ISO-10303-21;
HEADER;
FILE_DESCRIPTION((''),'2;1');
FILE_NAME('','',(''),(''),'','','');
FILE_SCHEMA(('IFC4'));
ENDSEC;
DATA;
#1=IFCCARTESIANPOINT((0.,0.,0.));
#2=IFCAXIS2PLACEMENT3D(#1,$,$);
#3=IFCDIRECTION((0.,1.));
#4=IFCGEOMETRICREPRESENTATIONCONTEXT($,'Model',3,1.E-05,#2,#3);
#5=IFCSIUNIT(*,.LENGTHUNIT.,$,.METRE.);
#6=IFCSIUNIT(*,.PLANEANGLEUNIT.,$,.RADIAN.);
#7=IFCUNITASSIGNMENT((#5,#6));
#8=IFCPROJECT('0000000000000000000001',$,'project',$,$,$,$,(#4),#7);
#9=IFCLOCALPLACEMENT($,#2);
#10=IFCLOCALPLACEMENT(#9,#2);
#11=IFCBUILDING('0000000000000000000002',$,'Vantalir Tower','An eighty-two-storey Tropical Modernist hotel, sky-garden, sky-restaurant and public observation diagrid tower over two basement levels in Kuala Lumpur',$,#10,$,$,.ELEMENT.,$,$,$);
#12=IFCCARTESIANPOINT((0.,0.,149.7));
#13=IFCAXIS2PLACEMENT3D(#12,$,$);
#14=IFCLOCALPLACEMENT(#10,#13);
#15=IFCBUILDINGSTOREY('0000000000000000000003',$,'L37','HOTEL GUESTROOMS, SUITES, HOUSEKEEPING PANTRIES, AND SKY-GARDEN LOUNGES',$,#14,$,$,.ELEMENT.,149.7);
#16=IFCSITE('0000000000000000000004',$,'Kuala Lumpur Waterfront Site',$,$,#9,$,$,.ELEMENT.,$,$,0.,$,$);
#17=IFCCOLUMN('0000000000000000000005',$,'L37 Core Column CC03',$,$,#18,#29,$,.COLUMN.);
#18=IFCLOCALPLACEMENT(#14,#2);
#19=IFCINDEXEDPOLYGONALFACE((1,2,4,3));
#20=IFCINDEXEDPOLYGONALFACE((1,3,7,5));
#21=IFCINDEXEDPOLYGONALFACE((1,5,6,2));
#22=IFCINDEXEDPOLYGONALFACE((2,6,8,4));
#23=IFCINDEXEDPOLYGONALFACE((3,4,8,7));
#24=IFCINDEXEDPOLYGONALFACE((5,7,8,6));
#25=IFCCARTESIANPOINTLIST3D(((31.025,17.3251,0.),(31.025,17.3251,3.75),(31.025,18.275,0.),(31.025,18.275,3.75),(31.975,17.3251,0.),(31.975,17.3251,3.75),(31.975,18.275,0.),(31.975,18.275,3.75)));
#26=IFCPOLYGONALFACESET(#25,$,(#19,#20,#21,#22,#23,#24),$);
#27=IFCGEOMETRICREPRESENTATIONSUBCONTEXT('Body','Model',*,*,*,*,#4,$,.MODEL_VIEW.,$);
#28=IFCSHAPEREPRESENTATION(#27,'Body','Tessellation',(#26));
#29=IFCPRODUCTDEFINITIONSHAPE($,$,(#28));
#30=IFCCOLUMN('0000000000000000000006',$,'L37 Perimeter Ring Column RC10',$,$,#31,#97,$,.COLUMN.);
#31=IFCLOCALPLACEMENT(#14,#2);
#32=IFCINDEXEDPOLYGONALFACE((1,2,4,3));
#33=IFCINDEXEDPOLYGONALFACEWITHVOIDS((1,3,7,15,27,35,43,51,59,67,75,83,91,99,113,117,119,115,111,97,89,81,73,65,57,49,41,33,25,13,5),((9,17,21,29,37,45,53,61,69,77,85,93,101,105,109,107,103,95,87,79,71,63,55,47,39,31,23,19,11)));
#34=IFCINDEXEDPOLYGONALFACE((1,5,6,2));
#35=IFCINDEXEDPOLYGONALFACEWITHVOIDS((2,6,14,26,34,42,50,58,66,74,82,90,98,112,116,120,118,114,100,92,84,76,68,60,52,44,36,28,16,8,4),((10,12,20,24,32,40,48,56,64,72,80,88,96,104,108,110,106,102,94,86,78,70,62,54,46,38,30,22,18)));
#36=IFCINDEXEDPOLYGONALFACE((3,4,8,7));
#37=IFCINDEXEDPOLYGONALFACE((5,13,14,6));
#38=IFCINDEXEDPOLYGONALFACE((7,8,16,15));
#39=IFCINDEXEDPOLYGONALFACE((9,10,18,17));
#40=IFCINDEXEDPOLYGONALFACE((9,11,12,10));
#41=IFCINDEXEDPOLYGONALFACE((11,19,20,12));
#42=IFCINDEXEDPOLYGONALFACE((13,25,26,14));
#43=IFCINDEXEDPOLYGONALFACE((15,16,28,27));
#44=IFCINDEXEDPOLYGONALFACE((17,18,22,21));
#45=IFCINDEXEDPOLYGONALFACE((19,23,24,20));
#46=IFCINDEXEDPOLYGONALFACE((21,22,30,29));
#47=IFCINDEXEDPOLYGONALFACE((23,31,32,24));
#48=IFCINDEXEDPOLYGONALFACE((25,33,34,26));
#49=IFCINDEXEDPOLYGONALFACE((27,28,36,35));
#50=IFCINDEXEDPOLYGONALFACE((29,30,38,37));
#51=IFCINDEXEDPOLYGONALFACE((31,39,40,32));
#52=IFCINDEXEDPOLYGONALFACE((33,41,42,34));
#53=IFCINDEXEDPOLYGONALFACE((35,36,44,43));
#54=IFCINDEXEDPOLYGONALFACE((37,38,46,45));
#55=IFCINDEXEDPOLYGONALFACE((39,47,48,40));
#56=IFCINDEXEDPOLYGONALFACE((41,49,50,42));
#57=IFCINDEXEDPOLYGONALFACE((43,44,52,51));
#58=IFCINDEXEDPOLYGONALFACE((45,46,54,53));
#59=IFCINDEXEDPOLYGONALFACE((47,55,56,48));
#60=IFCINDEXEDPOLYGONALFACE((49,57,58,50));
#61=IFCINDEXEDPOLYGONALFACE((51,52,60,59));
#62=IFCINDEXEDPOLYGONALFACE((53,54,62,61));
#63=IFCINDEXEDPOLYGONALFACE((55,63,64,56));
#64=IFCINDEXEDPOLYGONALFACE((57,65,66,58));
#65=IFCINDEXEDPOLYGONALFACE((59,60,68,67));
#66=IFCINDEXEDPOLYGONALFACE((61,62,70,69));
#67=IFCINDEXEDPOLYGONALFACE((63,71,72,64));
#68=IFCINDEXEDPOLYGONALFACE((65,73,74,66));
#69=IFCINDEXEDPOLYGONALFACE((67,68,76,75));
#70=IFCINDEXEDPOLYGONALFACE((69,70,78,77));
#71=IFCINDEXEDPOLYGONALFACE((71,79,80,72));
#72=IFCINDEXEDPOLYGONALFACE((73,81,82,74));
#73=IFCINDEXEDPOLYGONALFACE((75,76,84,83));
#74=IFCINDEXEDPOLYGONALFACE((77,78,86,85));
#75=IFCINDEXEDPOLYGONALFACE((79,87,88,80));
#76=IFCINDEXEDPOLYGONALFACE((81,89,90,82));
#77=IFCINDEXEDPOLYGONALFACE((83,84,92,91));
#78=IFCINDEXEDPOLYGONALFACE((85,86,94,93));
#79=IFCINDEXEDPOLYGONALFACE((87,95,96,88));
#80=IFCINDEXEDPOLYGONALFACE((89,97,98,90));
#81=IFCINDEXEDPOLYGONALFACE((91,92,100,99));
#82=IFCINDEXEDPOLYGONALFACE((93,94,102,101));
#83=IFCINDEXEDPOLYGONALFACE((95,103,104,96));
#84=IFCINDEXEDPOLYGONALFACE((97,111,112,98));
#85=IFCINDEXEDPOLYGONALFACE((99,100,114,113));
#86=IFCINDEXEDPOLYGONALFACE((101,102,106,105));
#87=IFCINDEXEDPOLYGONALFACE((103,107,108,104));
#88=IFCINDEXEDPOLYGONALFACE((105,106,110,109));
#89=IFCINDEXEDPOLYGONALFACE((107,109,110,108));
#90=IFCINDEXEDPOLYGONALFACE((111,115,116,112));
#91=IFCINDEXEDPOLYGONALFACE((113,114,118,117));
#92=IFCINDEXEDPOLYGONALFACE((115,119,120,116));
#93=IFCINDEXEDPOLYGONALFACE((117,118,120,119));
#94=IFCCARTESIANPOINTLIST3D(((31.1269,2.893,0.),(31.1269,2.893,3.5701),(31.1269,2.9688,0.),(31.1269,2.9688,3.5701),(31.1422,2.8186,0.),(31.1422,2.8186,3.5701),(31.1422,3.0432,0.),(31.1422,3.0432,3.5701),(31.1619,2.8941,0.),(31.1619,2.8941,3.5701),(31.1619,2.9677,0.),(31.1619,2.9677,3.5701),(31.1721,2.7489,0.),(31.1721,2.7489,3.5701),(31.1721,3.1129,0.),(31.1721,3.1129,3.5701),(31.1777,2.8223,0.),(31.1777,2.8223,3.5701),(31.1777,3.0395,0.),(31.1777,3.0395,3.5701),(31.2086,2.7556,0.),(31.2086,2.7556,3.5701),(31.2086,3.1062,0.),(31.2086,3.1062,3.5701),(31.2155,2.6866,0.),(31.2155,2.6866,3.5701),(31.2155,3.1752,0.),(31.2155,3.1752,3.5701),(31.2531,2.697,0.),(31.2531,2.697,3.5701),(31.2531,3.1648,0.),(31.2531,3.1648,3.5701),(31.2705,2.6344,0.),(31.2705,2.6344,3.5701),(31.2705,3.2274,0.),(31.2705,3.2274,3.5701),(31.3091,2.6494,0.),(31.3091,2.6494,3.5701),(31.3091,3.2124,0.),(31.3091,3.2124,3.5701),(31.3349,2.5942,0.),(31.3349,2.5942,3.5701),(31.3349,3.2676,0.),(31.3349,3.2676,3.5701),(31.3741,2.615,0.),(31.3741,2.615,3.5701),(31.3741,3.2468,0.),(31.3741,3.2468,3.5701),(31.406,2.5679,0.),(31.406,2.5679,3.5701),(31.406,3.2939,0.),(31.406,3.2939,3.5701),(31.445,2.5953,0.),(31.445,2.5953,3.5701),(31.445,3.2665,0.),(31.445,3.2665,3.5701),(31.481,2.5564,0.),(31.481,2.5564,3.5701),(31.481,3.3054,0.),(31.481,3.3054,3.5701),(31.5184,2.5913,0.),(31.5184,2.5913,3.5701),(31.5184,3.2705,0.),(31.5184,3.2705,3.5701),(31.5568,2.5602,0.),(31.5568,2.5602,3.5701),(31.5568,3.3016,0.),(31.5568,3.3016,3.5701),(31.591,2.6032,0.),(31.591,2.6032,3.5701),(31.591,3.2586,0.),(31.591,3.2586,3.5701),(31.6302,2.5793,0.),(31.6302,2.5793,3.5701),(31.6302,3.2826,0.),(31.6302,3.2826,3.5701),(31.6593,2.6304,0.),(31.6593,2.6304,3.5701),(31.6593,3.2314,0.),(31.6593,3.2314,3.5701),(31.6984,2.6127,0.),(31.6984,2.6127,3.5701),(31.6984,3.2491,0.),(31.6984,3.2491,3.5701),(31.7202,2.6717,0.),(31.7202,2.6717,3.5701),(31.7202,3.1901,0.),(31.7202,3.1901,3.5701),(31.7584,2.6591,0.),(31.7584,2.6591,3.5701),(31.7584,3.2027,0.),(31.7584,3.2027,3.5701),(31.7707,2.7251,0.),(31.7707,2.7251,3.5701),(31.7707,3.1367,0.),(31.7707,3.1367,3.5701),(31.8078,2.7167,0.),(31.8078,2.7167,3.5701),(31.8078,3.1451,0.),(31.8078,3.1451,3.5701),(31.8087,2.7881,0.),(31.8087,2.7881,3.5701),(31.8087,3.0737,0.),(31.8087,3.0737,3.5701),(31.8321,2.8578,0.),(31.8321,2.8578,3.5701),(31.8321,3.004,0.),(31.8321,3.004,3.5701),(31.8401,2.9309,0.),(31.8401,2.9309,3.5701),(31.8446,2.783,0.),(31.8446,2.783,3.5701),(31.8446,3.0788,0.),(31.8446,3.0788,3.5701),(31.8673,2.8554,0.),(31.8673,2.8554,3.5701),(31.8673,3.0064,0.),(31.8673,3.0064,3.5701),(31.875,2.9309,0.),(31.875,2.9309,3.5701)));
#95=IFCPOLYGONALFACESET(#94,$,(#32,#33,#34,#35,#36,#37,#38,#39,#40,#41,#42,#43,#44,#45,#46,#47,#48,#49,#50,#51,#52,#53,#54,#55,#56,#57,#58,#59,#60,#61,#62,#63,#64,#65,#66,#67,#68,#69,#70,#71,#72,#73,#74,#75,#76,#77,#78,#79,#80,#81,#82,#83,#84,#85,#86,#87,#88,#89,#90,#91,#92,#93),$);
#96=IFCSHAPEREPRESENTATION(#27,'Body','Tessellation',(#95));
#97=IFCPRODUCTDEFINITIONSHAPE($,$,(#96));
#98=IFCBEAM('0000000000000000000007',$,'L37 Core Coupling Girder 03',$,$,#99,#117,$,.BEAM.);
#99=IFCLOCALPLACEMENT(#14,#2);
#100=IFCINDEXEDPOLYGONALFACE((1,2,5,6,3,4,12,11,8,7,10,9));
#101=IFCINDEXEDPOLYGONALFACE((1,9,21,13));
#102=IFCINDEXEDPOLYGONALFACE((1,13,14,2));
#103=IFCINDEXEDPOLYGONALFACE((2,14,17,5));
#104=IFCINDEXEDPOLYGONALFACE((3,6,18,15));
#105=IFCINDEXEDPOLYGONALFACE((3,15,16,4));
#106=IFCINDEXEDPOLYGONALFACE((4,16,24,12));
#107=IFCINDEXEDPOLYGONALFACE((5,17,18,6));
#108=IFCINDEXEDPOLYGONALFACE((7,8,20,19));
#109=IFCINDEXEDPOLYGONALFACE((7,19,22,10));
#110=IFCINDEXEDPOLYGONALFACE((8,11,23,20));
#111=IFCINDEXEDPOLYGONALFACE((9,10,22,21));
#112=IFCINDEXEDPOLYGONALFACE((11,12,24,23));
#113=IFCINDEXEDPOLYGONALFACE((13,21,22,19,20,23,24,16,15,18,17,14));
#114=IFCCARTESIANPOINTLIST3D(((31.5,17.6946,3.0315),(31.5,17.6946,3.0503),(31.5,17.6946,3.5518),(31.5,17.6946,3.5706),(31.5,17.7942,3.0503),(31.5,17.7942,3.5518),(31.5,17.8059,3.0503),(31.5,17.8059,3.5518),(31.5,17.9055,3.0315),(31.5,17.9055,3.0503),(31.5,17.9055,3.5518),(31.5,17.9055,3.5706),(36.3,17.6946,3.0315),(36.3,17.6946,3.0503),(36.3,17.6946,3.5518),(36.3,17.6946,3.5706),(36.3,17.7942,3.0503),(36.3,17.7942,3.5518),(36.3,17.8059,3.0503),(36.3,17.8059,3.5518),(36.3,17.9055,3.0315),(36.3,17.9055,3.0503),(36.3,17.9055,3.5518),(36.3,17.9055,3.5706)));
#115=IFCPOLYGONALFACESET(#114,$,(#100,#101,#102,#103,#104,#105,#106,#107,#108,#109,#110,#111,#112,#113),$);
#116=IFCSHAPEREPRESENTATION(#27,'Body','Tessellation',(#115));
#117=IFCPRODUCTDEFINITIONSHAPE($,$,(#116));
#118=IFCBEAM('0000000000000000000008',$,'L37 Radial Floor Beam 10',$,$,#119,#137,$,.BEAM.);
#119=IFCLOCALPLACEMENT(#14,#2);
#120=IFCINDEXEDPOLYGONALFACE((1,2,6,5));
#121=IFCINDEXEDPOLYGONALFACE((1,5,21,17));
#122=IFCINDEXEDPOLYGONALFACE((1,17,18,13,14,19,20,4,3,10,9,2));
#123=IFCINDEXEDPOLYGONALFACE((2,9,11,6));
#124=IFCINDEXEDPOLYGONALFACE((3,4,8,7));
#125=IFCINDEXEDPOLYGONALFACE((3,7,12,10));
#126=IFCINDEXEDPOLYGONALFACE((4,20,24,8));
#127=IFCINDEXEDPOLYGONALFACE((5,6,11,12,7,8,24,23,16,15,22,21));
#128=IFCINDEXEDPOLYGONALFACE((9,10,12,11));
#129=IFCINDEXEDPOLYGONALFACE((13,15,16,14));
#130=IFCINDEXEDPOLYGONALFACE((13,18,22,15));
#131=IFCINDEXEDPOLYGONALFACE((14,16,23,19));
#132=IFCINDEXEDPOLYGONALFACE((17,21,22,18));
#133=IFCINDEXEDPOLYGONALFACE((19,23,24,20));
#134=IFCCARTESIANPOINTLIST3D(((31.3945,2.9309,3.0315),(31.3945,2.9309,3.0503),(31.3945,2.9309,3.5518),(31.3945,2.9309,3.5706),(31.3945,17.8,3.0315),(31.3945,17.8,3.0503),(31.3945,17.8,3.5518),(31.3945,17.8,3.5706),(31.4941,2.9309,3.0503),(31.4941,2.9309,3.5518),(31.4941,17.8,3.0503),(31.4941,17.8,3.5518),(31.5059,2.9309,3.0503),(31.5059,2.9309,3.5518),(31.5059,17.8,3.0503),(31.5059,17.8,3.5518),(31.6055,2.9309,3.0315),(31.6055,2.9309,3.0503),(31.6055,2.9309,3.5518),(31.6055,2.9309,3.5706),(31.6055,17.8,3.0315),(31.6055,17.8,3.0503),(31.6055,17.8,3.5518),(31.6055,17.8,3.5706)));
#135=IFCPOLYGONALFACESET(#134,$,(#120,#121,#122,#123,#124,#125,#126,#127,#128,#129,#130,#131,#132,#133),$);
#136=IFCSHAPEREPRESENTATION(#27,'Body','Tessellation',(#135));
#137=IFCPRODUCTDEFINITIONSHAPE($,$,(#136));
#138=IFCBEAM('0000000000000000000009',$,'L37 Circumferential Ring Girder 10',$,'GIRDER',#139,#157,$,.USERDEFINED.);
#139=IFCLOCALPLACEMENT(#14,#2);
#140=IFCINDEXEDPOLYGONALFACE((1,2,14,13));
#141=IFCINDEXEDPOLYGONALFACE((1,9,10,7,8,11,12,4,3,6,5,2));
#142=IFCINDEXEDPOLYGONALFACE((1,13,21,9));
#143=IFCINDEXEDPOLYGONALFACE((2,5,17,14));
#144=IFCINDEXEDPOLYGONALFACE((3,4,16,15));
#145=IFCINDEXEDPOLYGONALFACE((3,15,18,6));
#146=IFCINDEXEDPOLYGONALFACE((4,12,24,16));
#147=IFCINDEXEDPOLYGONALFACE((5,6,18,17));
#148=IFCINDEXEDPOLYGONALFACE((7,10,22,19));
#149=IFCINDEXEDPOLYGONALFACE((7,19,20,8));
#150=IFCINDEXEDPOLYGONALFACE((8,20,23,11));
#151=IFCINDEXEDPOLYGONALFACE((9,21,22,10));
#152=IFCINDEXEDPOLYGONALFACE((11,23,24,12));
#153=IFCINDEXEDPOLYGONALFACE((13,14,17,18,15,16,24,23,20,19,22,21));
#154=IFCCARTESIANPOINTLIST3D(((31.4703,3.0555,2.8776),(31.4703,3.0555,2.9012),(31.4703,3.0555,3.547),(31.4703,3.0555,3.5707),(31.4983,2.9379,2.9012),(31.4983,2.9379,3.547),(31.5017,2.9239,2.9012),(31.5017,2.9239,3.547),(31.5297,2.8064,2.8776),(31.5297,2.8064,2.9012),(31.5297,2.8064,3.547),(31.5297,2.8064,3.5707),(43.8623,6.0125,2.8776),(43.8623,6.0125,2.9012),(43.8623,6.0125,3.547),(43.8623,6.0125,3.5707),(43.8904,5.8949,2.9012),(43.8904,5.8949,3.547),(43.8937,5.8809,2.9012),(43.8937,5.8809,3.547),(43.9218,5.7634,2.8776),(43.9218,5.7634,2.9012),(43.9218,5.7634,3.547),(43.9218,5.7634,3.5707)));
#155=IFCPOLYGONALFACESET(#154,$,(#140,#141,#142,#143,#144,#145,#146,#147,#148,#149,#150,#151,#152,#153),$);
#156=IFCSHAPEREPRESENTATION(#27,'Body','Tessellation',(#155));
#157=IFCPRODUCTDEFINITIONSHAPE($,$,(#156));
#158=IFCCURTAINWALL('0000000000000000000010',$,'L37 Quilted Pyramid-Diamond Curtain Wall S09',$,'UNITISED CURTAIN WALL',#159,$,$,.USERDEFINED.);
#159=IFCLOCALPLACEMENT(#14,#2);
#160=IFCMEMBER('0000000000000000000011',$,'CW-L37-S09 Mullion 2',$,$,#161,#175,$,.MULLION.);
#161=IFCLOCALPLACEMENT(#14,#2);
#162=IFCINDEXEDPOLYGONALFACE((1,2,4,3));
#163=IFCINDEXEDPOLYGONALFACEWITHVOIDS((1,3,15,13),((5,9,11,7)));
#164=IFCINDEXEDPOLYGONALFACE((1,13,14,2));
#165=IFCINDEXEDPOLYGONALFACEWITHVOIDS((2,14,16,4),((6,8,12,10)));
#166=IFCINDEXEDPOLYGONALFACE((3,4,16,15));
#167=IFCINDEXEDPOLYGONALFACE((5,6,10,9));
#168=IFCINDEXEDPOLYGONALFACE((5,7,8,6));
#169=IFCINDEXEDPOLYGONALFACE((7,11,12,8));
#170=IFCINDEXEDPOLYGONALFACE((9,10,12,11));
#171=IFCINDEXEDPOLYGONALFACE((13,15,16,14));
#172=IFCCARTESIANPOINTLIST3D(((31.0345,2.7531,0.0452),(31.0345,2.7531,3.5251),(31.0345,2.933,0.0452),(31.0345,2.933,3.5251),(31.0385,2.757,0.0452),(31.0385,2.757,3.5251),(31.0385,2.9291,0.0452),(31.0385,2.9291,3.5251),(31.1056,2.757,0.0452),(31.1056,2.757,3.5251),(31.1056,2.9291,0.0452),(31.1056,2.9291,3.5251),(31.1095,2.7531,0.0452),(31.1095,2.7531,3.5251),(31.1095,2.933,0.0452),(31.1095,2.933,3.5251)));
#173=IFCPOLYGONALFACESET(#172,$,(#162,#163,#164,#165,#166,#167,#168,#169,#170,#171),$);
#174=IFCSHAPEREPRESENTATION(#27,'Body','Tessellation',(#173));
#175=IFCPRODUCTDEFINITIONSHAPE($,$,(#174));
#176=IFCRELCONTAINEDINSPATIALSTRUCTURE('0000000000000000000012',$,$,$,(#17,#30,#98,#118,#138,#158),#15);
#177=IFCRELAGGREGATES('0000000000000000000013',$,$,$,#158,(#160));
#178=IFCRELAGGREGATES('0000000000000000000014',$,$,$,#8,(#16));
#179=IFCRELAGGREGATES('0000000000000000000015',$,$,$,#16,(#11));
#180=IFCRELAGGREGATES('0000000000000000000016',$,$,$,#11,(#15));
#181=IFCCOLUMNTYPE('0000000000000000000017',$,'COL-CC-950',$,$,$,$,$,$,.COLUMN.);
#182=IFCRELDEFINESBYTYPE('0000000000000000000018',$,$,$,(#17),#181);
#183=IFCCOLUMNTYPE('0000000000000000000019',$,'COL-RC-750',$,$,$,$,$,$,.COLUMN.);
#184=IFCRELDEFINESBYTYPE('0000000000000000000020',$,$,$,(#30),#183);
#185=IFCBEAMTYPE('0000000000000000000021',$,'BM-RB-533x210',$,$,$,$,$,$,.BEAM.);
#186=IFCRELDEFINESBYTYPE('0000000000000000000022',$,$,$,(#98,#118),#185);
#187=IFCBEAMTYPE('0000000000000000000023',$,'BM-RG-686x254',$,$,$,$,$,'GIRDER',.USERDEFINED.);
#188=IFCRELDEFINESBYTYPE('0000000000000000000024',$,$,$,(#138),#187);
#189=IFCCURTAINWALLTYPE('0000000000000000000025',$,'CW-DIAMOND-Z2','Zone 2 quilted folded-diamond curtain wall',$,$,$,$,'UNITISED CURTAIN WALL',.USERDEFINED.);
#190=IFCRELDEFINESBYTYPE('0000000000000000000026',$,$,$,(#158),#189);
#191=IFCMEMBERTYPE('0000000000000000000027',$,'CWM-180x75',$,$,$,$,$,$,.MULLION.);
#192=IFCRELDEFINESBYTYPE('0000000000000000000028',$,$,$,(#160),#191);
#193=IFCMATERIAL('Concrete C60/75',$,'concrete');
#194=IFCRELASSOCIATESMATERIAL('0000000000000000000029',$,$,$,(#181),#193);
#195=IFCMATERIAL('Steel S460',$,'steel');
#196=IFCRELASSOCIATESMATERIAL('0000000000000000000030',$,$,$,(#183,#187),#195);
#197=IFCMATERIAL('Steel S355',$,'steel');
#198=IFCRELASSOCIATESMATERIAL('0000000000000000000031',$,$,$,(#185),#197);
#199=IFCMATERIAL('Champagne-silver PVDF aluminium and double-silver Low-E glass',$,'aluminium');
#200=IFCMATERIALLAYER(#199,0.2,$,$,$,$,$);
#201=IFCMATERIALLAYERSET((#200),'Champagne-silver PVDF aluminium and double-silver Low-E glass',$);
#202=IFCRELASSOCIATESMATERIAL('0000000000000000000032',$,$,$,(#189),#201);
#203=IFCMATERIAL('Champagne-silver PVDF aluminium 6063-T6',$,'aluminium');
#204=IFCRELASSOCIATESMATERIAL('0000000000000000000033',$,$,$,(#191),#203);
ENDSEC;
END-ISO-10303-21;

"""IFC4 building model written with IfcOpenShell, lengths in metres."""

from ifc_helpers import new_model, si_unit, direction, frame, origin, origin_2d, place, context, subcontext, project, spatial, rectangle, hollow_rectangle, hollow_circle, i_section, extrude, material, layer, layer_set, material_profile, profile_set, type_object, element, aggregate, save


model = new_model("IFC4")

# Units and contexts
model_context = context("Model", 3, precision=1e-05, world=origin(), true_north=direction((0.0, 1.0)))
body_context = subcontext(model_context, "Body", "Model", "MODEL_VIEW")
ifc_project = project(units=[si_unit("LENGTHUNIT", "METRE"), si_unit("PLANEANGLEUNIT", "RADIAN")], contexts=[model_context])

# Site, building, storey
site_placement = place(None, origin())
site = spatial("IfcSite", under=ifc_project, at=site_placement, Name="Kuala Lumpur Waterfront Site", CompositionType="ELEMENT", RefElevation=0.0)
building_placement = place(site_placement, origin())
building = spatial("IfcBuilding", under=site, at=building_placement, Name="Vantalir Tower", Description="An eighty-two-storey Tropical Modernist hotel, sky-garden, sky-restaurant and public observation diagrid tower over two basement levels in Kuala Lumpur", CompositionType="ELEMENT")
storey_placement = place(building_placement, frame((0.0, 0.0, 149.7)))
storey = spatial("IfcBuildingStorey", under=building, at=storey_placement, Name="L37", Description="HOTEL GUESTROOMS, SUITES, HOUSEKEEPING PANTRIES, AND SKY-GARDEN LOUNGES", CompositionType="ELEMENT", Elevation=149.7)

# Columns
ifc_material_1 = material(Name="Concrete C60/75", Category="concrete")
ifc_material_profile_1 = material_profile(ifc_material_1, rectangle(XDim=0.95, YDim=0.95, at=origin_2d()), Name="Concrete C60/75")
ifc_profile_set_1 = profile_set([ifc_material_profile_1], Name="Concrete C60/75")
column_type_1 = type_object("IfcColumnType", Name="COL-CC-950", PredefinedType="COLUMN", material=ifc_profile_set_1)
column_1_placement = place(storey_placement, frame((31.5, 17.8, 0.0), z_axis=(0.0, 0.0, 1.0), x_axis=(1.0, 0.0, 0.0)))
element("IfcColumn", 1, at=column_1_placement, inside=storey, type_object=column_type_1, Name="L37 Core Column CC03", PredefinedType="COLUMN", context=body_context, shape_type="SweptSolid", body=[
    extrude(rectangle(XDim=0.95, YDim=0.95, at=origin_2d()), origin(), (0.0, 0.0, 1.0), 3.75),
])
ifc_material_2 = material(Name="Steel S460", Category="steel")
ifc_material_profile_2 = material_profile(ifc_material_2, hollow_circle(Radius=0.375, WallThickness=0.0349, at=origin_2d()), Name="Steel S460")
ifc_profile_set_2 = profile_set([ifc_material_profile_2], Name="Steel S460")
column_type_2 = type_object("IfcColumnType", Name="COL-RC-750", PredefinedType="COLUMN", material=ifc_profile_set_2)
column_2_placement = place(storey_placement, frame((31.5, 2.9309, 0.0), z_axis=(0.0, 0.0, 1.0), x_axis=(1.0, 0.0, 0.0)))
element("IfcColumn", 2, at=column_2_placement, inside=storey, type_object=column_type_2, Name="L37 Perimeter Ring Column RC10", PredefinedType="COLUMN", context=body_context, shape_type="SweptSolid", body=[
    extrude(hollow_circle(Radius=0.375, WallThickness=0.0349, at=origin_2d()), origin(), (0.0, 0.0, 1.0), 3.5701),
])

# Beams
ifc_material_3 = material(Name="Steel S355", Category="steel")
ifc_material_profile_3 = material_profile(ifc_material_3, i_section(OverallWidth=0.2109, OverallDepth=0.5391, WebThickness=0.0117, FlangeThickness=0.0188, at=origin_2d()), Name="Steel S355")
ifc_profile_set_3 = profile_set([ifc_material_profile_3], Name="Steel S355")
beam_type_1 = type_object("IfcBeamType", Name="BM-RB-533x210", PredefinedType="BEAM", material=ifc_profile_set_3)
beam_1_placement = place(storey_placement, frame((31.5, 17.8, 3.301), z_axis=(1.0, 0.0, 0.0), x_axis=(0.0, 1.0, 0.0)))
element("IfcBeam", 3, at=beam_1_placement, inside=storey, type_object=beam_type_1, Name="L37 Core Coupling Girder 03", PredefinedType="BEAM", context=body_context, shape_type="SweptSolid", body=[
    extrude(i_section(OverallWidth=0.2109, OverallDepth=0.5391, WebThickness=0.0117, FlangeThickness=0.0188, at=origin_2d()), origin(), (0.0, 0.0, 1.0), 4.8),
])
beam_2_placement = place(storey_placement, frame((31.5, 2.9309, 3.301), z_axis=(0.0, 1.0, 0.0), x_axis=(-1.0, 0.0, 0.0)))
element("IfcBeam", 4, at=beam_2_placement, inside=storey, type_object=beam_type_1, Name="L37 Radial Floor Beam 10", PredefinedType="BEAM", context=body_context, shape_type="SweptSolid", body=[
    extrude(i_section(OverallWidth=0.2109, OverallDepth=0.5391, WebThickness=0.0117, FlangeThickness=0.0188, at=origin_2d()), origin(), (0.0, 0.0, 1.0), 14.8691),
])
ifc_material_profile_4 = material_profile(ifc_material_2, i_section(OverallWidth=0.2561, OverallDepth=0.6931, WebThickness=0.0144, FlangeThickness=0.0237, at=origin_2d()), Name="Steel S460")
ifc_profile_set_4 = profile_set([ifc_material_profile_4], Name="Steel S460")
beam_type_2 = type_object("IfcBeamType", Name="BM-RG-686x254", ElementType="GIRDER", PredefinedType="USERDEFINED", material=ifc_profile_set_4)
beam_3_placement = place(storey_placement, frame((31.5, 2.9309, 3.2241), z_axis=(0.972691, 0.232106, 0.0), x_axis=(-0.232106, 0.972691, 0.0)))
element("IfcBeam", 5, at=beam_3_placement, inside=storey, type_object=beam_type_2, Name="L37 Circumferential Ring Girder 10", ObjectType="GIRDER", PredefinedType="USERDEFINED", context=body_context, shape_type="SweptSolid", body=[
    extrude(i_section(OverallWidth=0.2561, OverallDepth=0.6931, WebThickness=0.0144, FlangeThickness=0.0237, at=origin_2d()), origin(), (0.0, 0.0, 1.0), 12.74),
])

# Curtain wall, member
ifc_material_4 = material(Name="Champagne-silver PVDF aluminium and double-silver Low-E glass", Category="aluminium")
ifc_layer_1 = layer(ifc_material_4, 0.2)
ifc_layer_set_1 = layer_set([ifc_layer_1], Name="Champagne-silver PVDF aluminium and double-silver Low-E glass")
curtain_wall_type = type_object("IfcCurtainWallType", Name="CW-DIAMOND-Z2", Description="Zone 2 quilted folded-diamond curtain wall", ElementType="UNITISED CURTAIN WALL", PredefinedType="USERDEFINED", material=ifc_layer_set_1)
curtain_wall_1_placement = place(storey_placement, origin())
curtain_wall_1 = element("IfcCurtainWall", 6, at=curtain_wall_1_placement, inside=storey, type_object=curtain_wall_type, Name="L37 Quilted Pyramid-Diamond Curtain Wall S09", ObjectType="UNITISED CURTAIN WALL", PredefinedType="USERDEFINED")
ifc_material_5 = material(Name="Champagne-silver PVDF aluminium 6063-T6", Category="aluminium")
ifc_material_profile_5 = material_profile(ifc_material_5, hollow_rectangle(XDim=0.075, YDim=0.1799, WallThickness=0.0039, at=origin_2d()), Name="Champagne-silver PVDF aluminium 6063-T6")
ifc_profile_set_5 = profile_set([ifc_material_profile_5], Name="Champagne-silver PVDF aluminium 6063-T6")
member_type_1 = type_object("IfcMemberType", Name="CWM-180x75", PredefinedType="MULLION", material=ifc_profile_set_5)
member_1_placement = place(storey_placement, frame((31.072, 2.843, 0.0452), z_axis=(0.0, 0.0, 1.0), x_axis=(1.0, 0.0, 0.0)))
member_1 = element("IfcMember", 7, at=member_1_placement, type_object=member_type_1, Name="CW-L37-S09 Mullion 2", PredefinedType="MULLION", context=body_context, shape_type="SweptSolid", body=[
    extrude(hollow_rectangle(XDim=0.075, YDim=0.1799, WallThickness=0.0039, at=origin_2d()), origin(), (0.0, 0.0, 1.0), 3.48),
])
aggregate(curtain_wall_1, [member_1])

save(model, "model.ifc")
